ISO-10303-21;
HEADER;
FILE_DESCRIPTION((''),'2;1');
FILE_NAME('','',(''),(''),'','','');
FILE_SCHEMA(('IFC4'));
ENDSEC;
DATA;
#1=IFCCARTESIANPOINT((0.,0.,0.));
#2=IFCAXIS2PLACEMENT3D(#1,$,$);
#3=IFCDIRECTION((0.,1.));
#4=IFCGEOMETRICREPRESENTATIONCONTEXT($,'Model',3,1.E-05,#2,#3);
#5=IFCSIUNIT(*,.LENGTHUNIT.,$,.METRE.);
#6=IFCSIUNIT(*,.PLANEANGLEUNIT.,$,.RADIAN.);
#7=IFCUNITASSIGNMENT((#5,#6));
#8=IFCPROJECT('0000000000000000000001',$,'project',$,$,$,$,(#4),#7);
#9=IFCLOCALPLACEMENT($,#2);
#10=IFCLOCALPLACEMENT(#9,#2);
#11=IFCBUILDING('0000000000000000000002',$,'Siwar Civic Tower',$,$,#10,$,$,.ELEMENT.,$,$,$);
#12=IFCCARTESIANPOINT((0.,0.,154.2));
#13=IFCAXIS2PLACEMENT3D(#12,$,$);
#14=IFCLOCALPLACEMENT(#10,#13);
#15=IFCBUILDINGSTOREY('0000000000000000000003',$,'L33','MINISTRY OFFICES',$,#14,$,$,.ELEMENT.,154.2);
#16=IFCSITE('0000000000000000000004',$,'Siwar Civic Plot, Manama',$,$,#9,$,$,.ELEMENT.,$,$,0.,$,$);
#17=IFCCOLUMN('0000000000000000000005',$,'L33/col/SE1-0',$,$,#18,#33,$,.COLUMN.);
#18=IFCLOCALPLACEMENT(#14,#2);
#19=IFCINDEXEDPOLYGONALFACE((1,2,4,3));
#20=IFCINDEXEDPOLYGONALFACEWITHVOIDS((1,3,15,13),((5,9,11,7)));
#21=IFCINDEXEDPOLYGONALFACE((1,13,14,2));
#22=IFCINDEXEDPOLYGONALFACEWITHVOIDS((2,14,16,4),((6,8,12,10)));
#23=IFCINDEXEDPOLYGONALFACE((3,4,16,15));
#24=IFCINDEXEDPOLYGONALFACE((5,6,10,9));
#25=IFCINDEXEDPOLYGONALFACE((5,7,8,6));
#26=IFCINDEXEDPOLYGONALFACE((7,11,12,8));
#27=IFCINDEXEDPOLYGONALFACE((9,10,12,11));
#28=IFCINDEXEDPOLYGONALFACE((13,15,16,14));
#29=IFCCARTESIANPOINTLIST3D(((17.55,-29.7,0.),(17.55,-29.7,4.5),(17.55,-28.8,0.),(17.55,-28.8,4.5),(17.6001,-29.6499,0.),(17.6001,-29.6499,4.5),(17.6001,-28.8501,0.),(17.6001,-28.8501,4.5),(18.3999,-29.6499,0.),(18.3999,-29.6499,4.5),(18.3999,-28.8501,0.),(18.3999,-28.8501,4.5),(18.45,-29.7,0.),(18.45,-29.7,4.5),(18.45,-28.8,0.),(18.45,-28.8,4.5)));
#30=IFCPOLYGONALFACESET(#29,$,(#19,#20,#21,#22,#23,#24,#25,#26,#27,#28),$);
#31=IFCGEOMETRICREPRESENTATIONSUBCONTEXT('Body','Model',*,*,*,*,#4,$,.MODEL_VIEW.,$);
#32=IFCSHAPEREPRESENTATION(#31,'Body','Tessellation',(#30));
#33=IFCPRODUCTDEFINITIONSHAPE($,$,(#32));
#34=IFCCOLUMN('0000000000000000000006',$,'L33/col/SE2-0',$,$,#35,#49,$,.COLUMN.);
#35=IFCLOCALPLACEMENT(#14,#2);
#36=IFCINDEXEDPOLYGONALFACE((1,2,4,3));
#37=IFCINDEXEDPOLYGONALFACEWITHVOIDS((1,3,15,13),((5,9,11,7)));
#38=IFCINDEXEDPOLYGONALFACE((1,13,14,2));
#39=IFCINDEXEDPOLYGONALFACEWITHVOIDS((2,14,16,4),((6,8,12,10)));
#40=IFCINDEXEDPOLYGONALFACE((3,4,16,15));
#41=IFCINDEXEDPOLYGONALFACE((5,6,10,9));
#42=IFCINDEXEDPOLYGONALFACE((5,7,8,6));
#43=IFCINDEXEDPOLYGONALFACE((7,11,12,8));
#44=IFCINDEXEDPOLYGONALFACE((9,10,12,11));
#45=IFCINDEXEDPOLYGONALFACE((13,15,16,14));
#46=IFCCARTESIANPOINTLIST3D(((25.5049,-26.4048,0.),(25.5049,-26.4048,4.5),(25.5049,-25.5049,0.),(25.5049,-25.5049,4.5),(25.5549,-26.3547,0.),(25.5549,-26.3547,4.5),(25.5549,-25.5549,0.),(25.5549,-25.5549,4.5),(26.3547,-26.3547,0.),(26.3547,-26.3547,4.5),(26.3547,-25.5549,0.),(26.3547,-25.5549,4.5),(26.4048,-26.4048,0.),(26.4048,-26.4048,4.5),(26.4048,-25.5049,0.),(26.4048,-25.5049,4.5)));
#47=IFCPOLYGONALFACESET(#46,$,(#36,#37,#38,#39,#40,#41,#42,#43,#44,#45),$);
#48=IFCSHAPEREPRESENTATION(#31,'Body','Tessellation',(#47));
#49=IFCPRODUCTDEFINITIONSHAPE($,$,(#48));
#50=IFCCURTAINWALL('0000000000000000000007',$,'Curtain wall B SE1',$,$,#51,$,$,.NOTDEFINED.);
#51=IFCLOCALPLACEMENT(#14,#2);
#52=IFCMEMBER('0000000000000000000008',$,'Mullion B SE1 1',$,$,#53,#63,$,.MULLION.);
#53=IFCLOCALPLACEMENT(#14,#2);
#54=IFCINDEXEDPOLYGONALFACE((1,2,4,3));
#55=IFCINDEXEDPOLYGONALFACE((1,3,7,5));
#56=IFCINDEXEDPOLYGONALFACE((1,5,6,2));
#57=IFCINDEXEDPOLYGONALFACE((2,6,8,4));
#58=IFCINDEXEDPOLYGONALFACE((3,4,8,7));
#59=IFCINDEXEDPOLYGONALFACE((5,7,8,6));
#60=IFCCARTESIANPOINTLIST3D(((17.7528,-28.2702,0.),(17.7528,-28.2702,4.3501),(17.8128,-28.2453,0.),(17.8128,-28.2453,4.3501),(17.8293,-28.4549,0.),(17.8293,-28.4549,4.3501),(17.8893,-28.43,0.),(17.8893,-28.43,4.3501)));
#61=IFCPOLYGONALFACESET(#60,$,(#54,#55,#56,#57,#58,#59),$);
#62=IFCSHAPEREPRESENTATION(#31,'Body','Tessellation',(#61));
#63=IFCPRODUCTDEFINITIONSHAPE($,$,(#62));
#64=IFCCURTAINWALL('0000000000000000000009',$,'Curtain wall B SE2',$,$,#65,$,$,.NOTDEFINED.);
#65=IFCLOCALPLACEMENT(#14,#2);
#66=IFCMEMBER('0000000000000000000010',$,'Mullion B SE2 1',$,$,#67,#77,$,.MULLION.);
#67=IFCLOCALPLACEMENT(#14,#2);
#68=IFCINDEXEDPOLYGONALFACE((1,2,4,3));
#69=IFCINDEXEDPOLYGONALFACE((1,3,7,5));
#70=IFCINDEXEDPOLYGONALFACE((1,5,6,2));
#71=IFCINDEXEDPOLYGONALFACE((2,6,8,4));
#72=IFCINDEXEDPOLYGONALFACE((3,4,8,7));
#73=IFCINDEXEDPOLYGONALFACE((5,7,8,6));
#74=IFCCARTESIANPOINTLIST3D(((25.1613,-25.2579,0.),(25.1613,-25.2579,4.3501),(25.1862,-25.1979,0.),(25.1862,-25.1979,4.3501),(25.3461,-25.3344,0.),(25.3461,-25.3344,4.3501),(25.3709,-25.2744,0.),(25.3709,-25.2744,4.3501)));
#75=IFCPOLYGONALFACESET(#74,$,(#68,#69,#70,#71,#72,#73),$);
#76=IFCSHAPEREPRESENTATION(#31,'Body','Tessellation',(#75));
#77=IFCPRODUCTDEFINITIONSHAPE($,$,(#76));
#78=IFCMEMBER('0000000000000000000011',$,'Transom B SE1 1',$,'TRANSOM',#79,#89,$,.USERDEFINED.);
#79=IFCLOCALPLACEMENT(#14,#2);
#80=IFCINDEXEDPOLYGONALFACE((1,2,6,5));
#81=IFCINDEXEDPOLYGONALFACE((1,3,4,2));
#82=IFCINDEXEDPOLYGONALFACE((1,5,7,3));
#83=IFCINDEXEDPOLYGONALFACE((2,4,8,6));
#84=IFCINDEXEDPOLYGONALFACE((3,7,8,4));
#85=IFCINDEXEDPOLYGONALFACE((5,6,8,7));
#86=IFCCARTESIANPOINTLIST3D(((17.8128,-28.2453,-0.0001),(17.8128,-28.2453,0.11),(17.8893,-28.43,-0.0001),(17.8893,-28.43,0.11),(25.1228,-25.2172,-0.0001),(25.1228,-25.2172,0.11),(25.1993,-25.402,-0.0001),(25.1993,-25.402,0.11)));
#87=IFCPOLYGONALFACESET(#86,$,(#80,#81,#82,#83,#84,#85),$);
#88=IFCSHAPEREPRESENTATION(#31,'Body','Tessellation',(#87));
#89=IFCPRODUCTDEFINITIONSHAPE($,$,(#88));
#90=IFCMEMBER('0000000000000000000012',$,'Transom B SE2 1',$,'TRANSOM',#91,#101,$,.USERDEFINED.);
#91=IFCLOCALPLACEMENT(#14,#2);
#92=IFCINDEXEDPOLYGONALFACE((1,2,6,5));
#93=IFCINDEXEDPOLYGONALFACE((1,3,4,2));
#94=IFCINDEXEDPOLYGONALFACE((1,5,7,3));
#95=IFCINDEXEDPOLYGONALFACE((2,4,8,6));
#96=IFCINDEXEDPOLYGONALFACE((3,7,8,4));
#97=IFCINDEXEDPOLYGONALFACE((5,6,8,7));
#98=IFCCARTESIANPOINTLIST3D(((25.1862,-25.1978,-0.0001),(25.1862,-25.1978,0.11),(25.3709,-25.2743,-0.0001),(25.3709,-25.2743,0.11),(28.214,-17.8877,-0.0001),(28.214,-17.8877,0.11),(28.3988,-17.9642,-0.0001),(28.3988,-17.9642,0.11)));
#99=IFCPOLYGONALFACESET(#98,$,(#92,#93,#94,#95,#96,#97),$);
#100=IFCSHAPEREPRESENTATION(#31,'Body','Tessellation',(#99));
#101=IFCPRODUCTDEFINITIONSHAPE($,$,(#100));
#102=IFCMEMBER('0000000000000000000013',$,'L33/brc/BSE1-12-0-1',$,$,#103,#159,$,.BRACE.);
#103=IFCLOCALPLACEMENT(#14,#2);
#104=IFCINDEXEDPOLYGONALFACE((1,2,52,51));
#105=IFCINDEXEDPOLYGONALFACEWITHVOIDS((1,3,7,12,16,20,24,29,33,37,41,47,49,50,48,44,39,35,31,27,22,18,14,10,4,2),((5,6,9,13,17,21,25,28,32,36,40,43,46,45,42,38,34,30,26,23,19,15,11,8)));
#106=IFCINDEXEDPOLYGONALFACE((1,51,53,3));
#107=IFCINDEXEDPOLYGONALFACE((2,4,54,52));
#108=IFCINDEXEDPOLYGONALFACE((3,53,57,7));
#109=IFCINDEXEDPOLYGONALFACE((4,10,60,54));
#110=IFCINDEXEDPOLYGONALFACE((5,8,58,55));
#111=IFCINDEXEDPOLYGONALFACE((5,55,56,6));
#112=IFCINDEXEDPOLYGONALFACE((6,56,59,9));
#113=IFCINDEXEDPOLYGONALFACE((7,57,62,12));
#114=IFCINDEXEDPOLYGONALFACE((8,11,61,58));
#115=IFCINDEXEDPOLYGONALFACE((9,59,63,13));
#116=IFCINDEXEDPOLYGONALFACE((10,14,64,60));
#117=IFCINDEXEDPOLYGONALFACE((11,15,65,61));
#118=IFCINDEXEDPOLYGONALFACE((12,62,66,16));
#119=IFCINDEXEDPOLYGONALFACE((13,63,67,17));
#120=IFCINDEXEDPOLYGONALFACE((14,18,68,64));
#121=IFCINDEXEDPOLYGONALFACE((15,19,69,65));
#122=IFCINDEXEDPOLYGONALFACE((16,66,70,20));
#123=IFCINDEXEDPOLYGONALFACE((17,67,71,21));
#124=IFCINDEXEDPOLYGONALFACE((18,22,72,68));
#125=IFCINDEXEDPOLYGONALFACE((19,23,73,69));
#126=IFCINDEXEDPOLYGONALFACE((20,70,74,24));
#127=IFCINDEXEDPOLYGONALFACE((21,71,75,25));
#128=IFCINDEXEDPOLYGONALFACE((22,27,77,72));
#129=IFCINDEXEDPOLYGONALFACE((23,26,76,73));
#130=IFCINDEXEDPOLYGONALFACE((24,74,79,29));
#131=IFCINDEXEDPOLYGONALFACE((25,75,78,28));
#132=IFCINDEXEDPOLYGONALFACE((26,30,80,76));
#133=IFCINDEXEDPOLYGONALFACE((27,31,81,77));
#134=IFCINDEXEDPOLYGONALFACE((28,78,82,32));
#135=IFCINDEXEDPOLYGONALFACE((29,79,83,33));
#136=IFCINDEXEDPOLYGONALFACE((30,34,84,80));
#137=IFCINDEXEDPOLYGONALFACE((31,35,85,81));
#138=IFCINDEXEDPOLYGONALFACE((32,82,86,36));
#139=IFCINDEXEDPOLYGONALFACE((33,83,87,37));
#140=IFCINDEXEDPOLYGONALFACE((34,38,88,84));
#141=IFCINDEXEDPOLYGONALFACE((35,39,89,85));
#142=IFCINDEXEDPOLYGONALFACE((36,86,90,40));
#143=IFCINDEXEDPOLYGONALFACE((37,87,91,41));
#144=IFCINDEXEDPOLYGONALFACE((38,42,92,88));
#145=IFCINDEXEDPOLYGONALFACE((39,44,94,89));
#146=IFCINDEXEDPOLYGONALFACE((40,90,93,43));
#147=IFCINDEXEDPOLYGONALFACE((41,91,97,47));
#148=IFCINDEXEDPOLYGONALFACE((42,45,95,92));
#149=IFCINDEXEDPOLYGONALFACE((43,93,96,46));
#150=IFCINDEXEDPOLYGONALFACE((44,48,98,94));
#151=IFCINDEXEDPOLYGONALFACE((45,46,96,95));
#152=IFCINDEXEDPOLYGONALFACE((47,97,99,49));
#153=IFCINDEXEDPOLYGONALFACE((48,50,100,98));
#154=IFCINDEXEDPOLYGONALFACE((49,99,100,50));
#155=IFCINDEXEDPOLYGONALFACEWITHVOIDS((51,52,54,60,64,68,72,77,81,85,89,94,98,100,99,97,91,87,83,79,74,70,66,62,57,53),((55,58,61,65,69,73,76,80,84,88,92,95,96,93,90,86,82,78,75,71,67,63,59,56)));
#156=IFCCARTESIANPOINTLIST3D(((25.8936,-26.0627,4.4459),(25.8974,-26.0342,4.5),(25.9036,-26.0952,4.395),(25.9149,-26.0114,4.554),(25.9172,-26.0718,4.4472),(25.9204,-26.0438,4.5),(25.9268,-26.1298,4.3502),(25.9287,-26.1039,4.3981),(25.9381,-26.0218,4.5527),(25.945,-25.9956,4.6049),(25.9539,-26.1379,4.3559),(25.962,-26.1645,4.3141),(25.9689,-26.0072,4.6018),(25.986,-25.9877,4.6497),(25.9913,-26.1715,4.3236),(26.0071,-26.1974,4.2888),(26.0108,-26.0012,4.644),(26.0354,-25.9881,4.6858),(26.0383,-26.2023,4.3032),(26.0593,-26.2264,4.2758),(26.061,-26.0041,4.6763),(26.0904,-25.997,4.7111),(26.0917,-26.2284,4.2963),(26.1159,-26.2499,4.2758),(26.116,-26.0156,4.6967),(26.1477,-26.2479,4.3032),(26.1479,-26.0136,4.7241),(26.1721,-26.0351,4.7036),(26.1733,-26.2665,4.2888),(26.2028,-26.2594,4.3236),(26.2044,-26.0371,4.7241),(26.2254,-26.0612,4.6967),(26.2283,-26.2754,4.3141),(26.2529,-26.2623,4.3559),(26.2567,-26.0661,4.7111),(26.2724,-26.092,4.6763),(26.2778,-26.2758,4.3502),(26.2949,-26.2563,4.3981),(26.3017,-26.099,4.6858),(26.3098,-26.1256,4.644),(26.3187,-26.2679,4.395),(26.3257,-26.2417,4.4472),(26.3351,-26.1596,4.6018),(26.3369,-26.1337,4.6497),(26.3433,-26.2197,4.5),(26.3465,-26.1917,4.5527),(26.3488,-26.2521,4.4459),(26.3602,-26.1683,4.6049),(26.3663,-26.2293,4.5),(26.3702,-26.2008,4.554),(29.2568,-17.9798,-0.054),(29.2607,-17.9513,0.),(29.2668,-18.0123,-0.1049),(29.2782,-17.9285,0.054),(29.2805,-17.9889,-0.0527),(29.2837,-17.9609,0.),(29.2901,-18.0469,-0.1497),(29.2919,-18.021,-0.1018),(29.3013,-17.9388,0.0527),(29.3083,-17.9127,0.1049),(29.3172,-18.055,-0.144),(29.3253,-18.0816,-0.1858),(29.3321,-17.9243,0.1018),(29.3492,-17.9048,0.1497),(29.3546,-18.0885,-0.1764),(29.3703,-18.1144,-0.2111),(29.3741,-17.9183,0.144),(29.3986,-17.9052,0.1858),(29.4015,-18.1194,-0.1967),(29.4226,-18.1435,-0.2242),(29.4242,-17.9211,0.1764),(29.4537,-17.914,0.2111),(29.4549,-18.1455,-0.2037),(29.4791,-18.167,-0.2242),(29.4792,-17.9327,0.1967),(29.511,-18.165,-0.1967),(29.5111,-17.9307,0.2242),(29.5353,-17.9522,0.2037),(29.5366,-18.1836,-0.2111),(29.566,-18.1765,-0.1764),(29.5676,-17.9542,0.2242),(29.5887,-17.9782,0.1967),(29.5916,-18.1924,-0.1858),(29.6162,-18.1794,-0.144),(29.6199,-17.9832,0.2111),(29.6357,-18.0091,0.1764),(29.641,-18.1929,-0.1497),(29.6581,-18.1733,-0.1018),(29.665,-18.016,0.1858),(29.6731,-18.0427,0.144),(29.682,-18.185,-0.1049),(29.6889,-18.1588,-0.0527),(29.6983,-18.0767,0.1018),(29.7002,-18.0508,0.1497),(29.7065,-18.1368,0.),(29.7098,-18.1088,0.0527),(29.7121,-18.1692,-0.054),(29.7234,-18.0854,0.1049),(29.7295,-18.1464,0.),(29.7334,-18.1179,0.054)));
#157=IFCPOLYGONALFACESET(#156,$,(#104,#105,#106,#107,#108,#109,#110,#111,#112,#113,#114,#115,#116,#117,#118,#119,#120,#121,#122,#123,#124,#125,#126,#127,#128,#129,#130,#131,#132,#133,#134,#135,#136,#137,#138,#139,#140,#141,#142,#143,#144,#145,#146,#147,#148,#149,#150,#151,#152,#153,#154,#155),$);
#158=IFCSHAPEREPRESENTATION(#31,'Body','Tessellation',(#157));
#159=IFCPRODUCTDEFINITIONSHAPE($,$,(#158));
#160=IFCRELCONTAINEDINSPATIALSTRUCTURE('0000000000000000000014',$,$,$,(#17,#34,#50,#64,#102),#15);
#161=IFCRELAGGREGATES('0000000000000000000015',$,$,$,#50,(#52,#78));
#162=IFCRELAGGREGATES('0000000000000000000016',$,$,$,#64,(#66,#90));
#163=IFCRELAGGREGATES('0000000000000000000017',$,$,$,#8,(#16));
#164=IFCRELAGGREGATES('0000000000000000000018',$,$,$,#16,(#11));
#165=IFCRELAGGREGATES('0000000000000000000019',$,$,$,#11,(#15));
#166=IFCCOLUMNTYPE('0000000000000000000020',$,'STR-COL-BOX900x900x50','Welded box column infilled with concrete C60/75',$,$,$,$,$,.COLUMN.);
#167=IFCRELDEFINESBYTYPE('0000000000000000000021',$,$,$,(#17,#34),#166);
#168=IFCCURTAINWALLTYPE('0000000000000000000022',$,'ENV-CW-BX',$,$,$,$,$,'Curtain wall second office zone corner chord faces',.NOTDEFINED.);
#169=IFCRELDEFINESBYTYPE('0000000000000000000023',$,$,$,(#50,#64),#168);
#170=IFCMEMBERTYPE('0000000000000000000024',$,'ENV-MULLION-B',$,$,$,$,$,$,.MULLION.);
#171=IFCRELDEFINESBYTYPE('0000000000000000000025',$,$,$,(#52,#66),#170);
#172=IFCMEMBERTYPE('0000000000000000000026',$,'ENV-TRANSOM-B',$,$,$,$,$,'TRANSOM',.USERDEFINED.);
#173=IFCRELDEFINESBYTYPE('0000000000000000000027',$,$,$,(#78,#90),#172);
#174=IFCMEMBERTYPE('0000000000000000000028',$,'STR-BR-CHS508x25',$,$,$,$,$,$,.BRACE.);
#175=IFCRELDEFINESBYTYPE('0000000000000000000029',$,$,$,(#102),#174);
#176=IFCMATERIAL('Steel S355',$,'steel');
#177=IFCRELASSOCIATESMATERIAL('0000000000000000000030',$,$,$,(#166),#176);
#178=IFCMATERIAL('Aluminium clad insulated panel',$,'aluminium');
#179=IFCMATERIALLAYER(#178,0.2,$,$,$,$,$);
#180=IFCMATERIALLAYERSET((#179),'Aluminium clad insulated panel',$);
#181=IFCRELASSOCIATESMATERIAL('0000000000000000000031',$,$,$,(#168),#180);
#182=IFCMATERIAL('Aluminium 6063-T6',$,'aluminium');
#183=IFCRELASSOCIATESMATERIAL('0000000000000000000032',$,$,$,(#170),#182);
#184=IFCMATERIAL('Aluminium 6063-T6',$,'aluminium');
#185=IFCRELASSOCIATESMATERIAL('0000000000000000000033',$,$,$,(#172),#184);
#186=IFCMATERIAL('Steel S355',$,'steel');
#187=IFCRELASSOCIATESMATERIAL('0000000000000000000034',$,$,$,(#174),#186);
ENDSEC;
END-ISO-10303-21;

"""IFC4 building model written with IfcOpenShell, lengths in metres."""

from ifc_helpers import new_model, si_unit, direction, frame, origin, origin_2d, place, context, subcontext, project, spatial, rectangle, hollow_rectangle, hollow_circle, extrude, material, layer, layer_set, material_profile, profile_set, type_object, element, aggregate, save


model = new_model("IFC4")

# Units and contexts
model_context = context("Model", 3, precision=1e-05, world=origin(), true_north=direction((0.0, 1.0)))
body_context = subcontext(model_context, "Body", "Model", "MODEL_VIEW")
ifc_project = project(units=[si_unit("LENGTHUNIT", "METRE"), si_unit("PLANEANGLEUNIT", "RADIAN")], contexts=[model_context])

# Site, building, storey
site_placement = place(None, origin())
site = spatial("IfcSite", under=ifc_project, at=site_placement, Name="Siwar Civic Plot, Manama", CompositionType="ELEMENT", RefElevation=0.0)
building_placement = place(site_placement, origin())
building = spatial("IfcBuilding", under=site, at=building_placement, Name="Siwar Civic Tower", CompositionType="ELEMENT")
storey_placement = place(building_placement, frame((0.0, 0.0, 154.2)))
storey = spatial("IfcBuildingStorey", under=building, at=storey_placement, Name="L33", Description="MINISTRY OFFICES", CompositionType="ELEMENT", Elevation=154.2)

# Columns
ifc_material_1 = material(Name="Steel S355", Category="steel")
ifc_material_profile_1 = material_profile(ifc_material_1, hollow_rectangle(XDim=0.8999, YDim=0.8999, WallThickness=0.05, at=origin_2d()), Name="BOX900x900x50")
ifc_profile_set_1 = profile_set([ifc_material_profile_1], Name="Steel S355")
column_type = type_object("IfcColumnType", Name="STR-COL-BOX900x900x50", Description="Welded box column infilled with concrete C60/75", PredefinedType="COLUMN", material=ifc_profile_set_1)
for number, where, z_axis, x_axis, name in (
    (1, (18.0, -29.25, 0.0), (0.0, 0.0, 1.0), (1.0, 0.0, 0.0), "L33/col/SE1-0"),
    (2, (25.9548, -25.9548, 0.0), (0.0, 0.0, 1.0), (1.0, 0.0, 0.0), "L33/col/SE2-0"),
):
    element("IfcColumn", number, at=place(storey_placement, frame(where, z_axis=z_axis, x_axis=x_axis)), inside=storey, type_object=column_type, Name=name, PredefinedType="COLUMN", context=body_context, shape_type="SweptSolid", body=[
        extrude(hollow_rectangle(XDim=0.8999, YDim=0.8999, WallThickness=0.05, at=origin_2d()), origin(), (0.0, 0.0, 1.0), 4.5),
    ])

# Curtain walls, members
ifc_material_2 = material(Name="Aluminium clad insulated panel", Category="aluminium")
ifc_layer_1 = layer(ifc_material_2, 0.2)
ifc_layer_set_1 = layer_set([ifc_layer_1], Name="Aluminium clad insulated panel")
curtain_wall_type = type_object("IfcCurtainWallType", Name="ENV-CW-BX", ElementType="Curtain wall second office zone corner chord faces", PredefinedType="NOTDEFINED", material=ifc_layer_set_1)
curtain_wall_1_placement = place(storey_placement, origin())
curtain_wall_1 = element("IfcCurtainWall", 3, at=curtain_wall_1_placement, inside=storey, type_object=curtain_wall_type, Name="Curtain wall B SE1", PredefinedType="NOTDEFINED")
ifc_material_3 = material(Name="Aluminium 6063-T6", Category="aluminium")
ifc_material_profile_2 = material_profile(ifc_material_3, rectangle(XDim=0.2, YDim=0.0649, at=origin_2d()), Name="AL 200x65")
ifc_profile_set_2 = profile_set([ifc_material_profile_2], Name="Aluminium 6063-T6")
member_type_1 = type_object("IfcMemberType", Name="ENV-MULLION-B", PredefinedType="MULLION", material=ifc_profile_set_2)
member_1_placement = place(storey_placement, frame((17.821, -28.3501, 0.0), z_axis=(0.0, 0.0, 1.0), x_axis=(-0.382683, 0.92388, 0.0)))
member_1 = element("IfcMember", 4, at=member_1_placement, type_object=member_type_1, Name="Mullion B SE1 1", PredefinedType="MULLION", context=body_context, shape_type="SweptSolid", body=[
    extrude(rectangle(XDim=0.2, YDim=0.0649, at=origin_2d()), origin(), (0.0, 0.0, 1.0), 4.3501),
])
curtain_wall_2_placement = place(storey_placement, origin())
curtain_wall_2 = element("IfcCurtainWall", 5, at=curtain_wall_2_placement, inside=storey, type_object=curtain_wall_type, Name="Curtain wall B SE2", PredefinedType="NOTDEFINED")
member_2_placement = place(storey_placement, frame((25.2661, -25.2661, 0.0), z_axis=(0.0, 0.0, 1.0), x_axis=(-0.92388, 0.382683, 0.0)))
member_2 = element("IfcMember", 6, at=member_2_placement, type_object=member_type_1, Name="Mullion B SE2 1", PredefinedType="MULLION", context=body_context, shape_type="SweptSolid", body=[
    extrude(rectangle(XDim=0.2, YDim=0.0649, at=origin_2d()), origin(), (0.0, 0.0, 1.0), 4.3501),
])

# Members
ifc_material_4 = material(Name="Aluminium 6063-T6", Category="aluminium")
ifc_material_profile_3 = material_profile(ifc_material_4, rectangle(XDim=0.2, YDim=0.1101, at=origin_2d()), Name="AL 200x110")
ifc_profile_set_3 = profile_set([ifc_material_profile_3], Name="Aluminium 6063-T6")
member_type_2 = type_object("IfcMemberType", Name="ENV-TRANSOM-B", ElementType="TRANSOM", PredefinedType="USERDEFINED", material=ifc_profile_set_3)
member_3_placement = place(storey_placement, frame((17.8511, -28.3376, 0.0549), z_axis=(0.923873, 0.3827, 0.0), x_axis=(-0.3827, 0.923873, 0.0)))
member_3 = element("IfcMember", 7, at=member_3_placement, type_object=member_type_2, Name="Transom B SE1 1", ObjectType="TRANSOM", PredefinedType="USERDEFINED", context=body_context, shape_type="SweptSolid", body=[
    extrude(rectangle(XDim=0.2, YDim=0.1101, at=origin_2d()), origin(), (0.0, 0.0, 1.0), 7.9124),
])
member_4_placement = place(storey_placement, frame((25.2786, -25.2361, 0.0549), z_axis=(0.382673, 0.923884, 0.0), x_axis=(-0.923884, 0.382673, 0.0)))
member_4 = element("IfcMember", 8, at=member_4_placement, type_object=member_type_2, Name="Transom B SE2 1", ObjectType="TRANSOM", PredefinedType="USERDEFINED", context=body_context, shape_type="SweptSolid", body=[
    extrude(rectangle(XDim=0.2, YDim=0.1101, at=origin_2d()), origin(), (0.0, 0.0, 1.0), 7.9124),
])

# Member
ifc_material_5 = material(Name="Steel S355", Category="steel")
ifc_material_profile_4 = material_profile(ifc_material_5, hollow_circle(Radius=0.2539, WallThickness=0.0249, at=origin_2d()), Name="CHS508x25")
ifc_profile_set_4 = profile_set([ifc_material_profile_4], Name="Steel S355")
member_type_3 = type_object("IfcMemberType", Name="STR-BR-CHS508x25", PredefinedType="BRACE", material=ifc_profile_set_4)
member_5_placement = place(storey_placement, frame((29.4951, -18.0488, 0.0), z_axis=(-0.341671, -0.821143, 0.457149), x_axis=(0.923265, -0.384164, 0.0)))
element("IfcMember", 9, at=member_5_placement, inside=storey, type_object=member_type_3, Name="L33/brc/BSE1-12-0-1", PredefinedType="BRACE", context=body_context, shape_type="SweptSolid", body=[
    extrude(hollow_circle(Radius=0.2539, WallThickness=0.0249, at=origin_2d()), origin(), (0.0, 0.0, 1.0), 9.8435),
])

aggregate(curtain_wall_1, [member_1, member_3])
aggregate(curtain_wall_2, [member_2, member_4])

save(model, "model.ifc")
